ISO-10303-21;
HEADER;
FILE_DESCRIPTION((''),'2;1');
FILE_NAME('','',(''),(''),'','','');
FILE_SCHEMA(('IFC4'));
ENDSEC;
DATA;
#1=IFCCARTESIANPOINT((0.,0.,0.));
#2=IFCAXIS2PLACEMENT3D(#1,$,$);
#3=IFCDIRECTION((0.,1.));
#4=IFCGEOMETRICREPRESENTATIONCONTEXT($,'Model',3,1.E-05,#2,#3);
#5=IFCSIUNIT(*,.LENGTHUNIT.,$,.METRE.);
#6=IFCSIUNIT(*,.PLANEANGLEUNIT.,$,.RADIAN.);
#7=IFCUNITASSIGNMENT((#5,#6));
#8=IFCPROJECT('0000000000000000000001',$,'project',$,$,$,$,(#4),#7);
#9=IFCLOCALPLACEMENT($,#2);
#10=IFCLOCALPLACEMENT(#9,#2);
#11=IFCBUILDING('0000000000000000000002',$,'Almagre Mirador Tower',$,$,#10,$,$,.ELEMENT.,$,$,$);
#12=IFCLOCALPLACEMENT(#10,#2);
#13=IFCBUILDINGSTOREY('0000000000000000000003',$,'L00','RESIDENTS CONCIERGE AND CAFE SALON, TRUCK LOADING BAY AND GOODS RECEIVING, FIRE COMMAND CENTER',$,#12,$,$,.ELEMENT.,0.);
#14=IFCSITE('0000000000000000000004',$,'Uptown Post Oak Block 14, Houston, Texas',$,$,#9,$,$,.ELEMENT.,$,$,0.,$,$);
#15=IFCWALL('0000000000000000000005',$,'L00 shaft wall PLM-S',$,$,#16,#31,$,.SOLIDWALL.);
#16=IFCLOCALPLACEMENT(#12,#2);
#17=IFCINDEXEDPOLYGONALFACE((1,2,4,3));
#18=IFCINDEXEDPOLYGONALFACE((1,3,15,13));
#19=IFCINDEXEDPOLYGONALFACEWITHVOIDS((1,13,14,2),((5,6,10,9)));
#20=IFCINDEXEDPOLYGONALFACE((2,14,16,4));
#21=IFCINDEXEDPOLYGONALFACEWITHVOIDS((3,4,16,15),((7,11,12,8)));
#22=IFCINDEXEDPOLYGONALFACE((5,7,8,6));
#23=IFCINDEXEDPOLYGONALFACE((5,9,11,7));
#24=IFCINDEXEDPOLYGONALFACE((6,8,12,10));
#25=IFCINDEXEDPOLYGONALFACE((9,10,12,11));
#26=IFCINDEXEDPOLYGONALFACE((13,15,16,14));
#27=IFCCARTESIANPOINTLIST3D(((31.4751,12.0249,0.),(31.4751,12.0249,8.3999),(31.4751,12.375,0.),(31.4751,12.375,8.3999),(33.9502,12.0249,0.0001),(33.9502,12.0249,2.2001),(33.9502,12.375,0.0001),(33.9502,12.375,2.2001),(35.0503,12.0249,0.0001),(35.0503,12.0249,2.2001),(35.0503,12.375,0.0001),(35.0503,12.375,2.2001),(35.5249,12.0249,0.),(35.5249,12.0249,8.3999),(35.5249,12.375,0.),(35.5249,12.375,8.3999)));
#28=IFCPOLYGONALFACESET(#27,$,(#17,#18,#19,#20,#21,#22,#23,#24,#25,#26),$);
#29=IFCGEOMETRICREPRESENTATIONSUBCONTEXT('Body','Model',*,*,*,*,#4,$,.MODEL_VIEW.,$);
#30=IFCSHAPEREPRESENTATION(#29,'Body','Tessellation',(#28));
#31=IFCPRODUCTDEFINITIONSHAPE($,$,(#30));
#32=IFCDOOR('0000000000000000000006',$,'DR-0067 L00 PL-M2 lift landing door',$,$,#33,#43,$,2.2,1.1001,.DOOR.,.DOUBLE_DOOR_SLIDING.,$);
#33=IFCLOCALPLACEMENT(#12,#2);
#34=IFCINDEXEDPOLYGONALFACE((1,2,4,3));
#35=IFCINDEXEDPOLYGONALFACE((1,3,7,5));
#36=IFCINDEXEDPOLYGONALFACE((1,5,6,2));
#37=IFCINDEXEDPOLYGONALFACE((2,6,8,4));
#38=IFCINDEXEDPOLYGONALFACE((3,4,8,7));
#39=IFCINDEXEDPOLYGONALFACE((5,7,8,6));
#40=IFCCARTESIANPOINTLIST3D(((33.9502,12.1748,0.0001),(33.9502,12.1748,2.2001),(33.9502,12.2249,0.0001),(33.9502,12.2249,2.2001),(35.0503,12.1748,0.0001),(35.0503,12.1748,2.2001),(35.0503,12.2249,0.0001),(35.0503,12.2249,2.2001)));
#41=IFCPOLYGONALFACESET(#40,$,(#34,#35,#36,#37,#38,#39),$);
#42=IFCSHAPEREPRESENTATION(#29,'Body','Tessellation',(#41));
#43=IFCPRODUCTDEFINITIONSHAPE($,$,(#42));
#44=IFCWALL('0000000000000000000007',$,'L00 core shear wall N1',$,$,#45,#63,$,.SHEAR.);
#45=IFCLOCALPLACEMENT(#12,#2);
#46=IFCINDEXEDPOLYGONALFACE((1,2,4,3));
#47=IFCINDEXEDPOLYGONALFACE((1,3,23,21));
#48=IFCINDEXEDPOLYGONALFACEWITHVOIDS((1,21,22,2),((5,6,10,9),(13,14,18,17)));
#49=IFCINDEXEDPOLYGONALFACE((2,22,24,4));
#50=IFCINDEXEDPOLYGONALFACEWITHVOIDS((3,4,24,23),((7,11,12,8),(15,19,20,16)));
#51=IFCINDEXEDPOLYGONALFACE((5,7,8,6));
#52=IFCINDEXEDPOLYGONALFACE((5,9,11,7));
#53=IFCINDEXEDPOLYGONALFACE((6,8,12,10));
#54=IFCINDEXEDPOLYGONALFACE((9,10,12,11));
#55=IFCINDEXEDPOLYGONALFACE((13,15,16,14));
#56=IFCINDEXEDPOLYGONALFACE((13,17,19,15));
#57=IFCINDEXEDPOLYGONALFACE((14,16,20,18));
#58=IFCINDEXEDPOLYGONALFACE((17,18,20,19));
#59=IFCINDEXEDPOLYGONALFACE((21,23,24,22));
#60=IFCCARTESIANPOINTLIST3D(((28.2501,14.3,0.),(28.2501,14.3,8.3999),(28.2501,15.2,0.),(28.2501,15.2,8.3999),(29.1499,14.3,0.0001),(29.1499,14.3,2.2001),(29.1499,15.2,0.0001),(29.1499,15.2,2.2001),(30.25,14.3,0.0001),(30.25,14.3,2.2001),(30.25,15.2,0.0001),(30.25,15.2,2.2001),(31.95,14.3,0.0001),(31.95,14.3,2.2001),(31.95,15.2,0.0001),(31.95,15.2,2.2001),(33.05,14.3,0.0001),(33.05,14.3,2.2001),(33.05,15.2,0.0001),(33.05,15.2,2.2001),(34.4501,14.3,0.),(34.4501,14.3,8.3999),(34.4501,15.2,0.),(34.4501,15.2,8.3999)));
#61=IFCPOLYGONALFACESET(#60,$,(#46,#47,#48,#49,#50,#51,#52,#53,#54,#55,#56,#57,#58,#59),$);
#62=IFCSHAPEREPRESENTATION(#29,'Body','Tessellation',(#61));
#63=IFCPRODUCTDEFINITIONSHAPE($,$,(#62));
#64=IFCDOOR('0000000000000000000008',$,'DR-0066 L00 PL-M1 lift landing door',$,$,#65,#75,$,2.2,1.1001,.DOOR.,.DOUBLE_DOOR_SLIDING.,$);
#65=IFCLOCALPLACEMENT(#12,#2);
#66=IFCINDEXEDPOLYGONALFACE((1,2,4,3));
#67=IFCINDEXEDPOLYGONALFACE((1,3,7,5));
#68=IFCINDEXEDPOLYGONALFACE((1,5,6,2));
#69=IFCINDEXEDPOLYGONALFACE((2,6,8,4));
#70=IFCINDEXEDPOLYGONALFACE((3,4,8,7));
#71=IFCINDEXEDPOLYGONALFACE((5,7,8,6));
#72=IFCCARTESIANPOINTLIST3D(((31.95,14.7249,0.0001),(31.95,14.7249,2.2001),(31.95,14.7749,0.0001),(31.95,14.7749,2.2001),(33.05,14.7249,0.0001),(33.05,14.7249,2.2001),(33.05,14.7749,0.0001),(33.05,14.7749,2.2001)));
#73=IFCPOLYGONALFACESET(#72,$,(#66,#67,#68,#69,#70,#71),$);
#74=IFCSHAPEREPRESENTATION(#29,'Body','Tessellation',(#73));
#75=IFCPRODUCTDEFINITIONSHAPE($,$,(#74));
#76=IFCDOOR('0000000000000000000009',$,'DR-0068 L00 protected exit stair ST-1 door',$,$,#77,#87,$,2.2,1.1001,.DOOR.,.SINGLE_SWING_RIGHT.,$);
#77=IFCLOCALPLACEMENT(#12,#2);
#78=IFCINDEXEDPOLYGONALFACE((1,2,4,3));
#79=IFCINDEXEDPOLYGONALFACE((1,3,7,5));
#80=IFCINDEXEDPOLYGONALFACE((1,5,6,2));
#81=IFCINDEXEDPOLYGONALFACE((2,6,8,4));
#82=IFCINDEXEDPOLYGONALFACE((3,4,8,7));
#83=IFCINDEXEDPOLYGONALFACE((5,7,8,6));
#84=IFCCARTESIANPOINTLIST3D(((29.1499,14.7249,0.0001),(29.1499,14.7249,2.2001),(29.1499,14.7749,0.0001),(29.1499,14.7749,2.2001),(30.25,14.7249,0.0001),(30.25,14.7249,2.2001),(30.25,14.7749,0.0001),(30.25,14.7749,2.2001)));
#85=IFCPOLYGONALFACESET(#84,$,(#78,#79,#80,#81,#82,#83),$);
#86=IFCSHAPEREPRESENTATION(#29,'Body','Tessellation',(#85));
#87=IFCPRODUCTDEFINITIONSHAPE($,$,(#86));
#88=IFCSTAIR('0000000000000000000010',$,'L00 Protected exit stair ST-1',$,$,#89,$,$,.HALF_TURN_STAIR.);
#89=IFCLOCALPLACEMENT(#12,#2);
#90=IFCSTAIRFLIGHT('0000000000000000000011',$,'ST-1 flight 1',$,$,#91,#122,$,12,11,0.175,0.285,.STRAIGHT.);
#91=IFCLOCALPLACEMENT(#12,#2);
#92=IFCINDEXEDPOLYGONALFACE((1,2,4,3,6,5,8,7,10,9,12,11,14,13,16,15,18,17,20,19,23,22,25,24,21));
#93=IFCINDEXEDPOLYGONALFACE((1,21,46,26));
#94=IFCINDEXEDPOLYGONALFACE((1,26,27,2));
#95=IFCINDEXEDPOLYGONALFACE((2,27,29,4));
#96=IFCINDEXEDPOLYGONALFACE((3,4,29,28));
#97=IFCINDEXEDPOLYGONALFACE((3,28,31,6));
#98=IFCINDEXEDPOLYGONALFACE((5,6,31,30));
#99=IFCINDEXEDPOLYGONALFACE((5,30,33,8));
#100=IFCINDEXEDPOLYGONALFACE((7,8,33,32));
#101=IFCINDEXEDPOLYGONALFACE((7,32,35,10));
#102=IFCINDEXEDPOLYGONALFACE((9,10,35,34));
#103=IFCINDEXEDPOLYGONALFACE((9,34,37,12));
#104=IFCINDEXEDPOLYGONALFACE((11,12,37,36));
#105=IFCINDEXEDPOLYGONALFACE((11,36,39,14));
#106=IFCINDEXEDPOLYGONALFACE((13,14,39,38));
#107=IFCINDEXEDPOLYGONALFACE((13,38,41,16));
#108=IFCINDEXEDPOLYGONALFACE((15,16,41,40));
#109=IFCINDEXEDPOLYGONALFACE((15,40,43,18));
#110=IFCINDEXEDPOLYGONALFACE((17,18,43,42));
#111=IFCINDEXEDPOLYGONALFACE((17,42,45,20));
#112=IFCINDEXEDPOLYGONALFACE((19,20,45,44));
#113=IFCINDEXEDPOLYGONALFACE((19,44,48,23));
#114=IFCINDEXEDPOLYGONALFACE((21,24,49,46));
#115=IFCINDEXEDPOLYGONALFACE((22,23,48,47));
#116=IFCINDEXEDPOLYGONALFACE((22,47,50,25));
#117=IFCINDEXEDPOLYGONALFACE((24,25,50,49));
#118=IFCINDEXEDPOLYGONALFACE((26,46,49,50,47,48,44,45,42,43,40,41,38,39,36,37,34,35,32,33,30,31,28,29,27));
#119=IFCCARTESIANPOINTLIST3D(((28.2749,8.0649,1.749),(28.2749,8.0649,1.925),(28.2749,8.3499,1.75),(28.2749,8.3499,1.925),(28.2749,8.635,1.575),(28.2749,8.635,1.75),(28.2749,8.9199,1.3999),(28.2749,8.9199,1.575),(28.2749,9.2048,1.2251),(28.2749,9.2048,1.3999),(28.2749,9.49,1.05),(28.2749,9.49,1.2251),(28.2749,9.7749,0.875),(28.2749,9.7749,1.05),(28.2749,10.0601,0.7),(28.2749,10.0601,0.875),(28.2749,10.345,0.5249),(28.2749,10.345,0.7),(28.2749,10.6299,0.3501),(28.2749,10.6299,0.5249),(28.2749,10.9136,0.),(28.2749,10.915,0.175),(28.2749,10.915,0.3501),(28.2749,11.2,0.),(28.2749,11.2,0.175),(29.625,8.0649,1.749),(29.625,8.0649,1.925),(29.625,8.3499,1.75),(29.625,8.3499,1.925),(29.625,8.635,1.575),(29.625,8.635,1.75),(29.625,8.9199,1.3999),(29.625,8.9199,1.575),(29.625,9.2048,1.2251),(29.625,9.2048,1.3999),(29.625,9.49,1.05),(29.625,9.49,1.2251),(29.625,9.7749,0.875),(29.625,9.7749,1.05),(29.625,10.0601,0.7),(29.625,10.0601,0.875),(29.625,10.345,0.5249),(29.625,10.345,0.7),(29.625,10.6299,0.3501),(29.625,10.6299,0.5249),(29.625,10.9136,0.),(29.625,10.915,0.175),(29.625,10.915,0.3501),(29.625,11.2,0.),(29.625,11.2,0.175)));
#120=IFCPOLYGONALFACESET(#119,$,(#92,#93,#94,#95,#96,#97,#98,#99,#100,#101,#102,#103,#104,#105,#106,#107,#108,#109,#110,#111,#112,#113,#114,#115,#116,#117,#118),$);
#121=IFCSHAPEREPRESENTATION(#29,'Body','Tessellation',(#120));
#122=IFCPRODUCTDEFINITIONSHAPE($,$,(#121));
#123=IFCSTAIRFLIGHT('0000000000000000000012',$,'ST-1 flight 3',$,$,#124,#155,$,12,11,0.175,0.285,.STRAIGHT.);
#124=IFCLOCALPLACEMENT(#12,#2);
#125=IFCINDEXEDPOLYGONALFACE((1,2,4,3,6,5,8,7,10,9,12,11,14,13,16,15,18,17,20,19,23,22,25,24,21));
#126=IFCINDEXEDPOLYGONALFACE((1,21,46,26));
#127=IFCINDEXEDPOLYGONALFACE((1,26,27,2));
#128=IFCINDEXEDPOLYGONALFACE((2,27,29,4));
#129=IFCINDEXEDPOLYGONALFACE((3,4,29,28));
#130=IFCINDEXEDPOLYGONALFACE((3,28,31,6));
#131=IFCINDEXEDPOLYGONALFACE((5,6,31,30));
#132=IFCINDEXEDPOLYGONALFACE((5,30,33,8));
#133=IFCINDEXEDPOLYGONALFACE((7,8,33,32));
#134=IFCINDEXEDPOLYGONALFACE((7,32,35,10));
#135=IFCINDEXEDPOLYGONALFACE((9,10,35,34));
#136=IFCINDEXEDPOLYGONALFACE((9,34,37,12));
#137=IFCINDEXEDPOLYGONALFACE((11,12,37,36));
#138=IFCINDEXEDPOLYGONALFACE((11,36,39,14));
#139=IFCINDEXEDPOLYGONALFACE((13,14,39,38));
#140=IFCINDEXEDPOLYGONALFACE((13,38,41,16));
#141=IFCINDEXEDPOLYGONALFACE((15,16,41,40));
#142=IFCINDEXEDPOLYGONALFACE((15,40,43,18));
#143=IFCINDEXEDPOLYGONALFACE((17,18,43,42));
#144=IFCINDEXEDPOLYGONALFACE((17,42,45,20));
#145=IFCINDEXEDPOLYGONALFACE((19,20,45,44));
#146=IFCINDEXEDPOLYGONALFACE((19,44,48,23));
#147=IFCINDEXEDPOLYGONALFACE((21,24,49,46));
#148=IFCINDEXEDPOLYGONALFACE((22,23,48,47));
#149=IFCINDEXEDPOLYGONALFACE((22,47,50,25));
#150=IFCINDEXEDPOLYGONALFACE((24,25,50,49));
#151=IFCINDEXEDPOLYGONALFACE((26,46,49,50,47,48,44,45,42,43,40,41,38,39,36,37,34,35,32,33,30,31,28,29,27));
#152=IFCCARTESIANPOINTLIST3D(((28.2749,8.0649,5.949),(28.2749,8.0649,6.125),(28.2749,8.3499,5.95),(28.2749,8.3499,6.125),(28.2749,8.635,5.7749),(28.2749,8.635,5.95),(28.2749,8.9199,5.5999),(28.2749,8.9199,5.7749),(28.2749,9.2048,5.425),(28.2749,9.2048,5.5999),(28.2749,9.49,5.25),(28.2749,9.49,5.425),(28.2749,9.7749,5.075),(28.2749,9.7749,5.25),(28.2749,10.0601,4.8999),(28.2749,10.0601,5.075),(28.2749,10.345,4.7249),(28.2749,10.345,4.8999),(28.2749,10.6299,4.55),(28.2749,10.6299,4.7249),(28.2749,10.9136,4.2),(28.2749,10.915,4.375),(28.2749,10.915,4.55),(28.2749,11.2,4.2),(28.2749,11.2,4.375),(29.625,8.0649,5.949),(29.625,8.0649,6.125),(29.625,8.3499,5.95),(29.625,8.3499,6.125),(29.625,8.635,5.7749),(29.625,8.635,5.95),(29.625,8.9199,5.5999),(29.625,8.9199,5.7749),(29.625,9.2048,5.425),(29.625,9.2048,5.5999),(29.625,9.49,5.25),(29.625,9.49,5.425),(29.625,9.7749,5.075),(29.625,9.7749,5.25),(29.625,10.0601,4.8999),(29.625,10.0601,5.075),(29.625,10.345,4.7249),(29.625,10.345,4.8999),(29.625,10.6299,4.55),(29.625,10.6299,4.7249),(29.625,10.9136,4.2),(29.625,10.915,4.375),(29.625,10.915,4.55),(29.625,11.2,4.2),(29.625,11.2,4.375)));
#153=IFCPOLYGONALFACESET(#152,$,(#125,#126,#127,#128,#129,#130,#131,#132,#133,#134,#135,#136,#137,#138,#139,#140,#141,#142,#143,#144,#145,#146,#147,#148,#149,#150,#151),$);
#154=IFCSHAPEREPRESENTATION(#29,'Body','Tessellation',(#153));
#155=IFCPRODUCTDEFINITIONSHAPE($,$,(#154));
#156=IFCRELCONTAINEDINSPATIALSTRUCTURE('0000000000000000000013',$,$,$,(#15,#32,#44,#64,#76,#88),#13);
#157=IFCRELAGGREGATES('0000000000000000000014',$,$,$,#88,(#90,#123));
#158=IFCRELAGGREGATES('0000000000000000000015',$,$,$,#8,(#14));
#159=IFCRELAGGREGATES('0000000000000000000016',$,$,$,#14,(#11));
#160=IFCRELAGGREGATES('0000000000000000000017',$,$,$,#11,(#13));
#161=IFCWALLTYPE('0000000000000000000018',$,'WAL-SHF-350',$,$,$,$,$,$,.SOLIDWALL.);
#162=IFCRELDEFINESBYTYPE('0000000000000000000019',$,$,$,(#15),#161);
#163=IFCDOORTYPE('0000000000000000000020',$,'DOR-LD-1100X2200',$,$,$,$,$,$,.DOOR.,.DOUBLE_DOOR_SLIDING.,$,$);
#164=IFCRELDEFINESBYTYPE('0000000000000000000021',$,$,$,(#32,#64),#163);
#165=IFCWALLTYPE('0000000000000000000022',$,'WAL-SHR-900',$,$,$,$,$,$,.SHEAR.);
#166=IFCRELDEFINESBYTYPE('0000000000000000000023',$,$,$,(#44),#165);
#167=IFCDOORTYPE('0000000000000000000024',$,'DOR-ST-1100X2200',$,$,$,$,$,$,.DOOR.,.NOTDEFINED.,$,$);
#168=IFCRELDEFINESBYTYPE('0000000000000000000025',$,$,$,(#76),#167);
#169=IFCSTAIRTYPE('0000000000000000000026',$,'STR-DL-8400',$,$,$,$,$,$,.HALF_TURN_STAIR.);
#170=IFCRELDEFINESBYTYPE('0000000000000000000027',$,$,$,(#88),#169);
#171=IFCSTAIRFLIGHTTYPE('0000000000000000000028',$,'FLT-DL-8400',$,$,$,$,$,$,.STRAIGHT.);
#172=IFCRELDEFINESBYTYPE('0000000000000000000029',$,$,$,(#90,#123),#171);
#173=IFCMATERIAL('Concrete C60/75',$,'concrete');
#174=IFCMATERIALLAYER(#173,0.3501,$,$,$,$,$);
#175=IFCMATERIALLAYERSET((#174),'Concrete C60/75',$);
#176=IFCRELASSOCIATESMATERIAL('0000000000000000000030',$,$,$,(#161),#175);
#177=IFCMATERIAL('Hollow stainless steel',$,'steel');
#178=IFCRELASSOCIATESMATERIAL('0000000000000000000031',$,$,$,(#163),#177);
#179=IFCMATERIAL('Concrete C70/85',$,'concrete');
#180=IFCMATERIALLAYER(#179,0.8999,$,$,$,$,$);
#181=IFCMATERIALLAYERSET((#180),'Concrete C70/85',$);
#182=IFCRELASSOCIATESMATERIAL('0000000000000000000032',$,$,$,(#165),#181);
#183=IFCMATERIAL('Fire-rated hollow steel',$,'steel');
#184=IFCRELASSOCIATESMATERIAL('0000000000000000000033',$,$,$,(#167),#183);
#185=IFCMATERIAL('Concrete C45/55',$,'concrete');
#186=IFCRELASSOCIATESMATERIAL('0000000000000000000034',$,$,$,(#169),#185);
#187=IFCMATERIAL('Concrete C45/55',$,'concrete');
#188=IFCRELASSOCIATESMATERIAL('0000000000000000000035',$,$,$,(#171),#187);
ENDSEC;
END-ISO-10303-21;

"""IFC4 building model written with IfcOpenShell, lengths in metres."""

from ifc_helpers import new_model, si_unit, direction, frame, frame_2d, origin, place, context, subcontext, project, spatial, polyline, rectangle, outline, extrude, material, layer, layer_set, type_object, element, fill, aggregate, save


model = new_model("IFC4")

# Units and contexts
model_context = context("Model", 3, precision=1e-05, world=origin(), true_north=direction((0.0, 1.0)))
body_context = subcontext(model_context, "Body", "Model", "MODEL_VIEW")
ifc_project = project(units=[si_unit("LENGTHUNIT", "METRE"), si_unit("PLANEANGLEUNIT", "RADIAN")], contexts=[model_context])

# Site, building, storey
site_placement = place(None, origin())
site = spatial("IfcSite", under=ifc_project, at=site_placement, Name="Uptown Post Oak Block 14, Houston, Texas", CompositionType="ELEMENT", RefElevation=0.0)
building_placement = place(site_placement, origin())
building = spatial("IfcBuilding", under=site, at=building_placement, Name="Almagre Mirador Tower", CompositionType="ELEMENT")
storey_placement = place(building_placement, origin())
storey = spatial("IfcBuildingStorey", under=building, at=storey_placement, Name="L00", Description="RESIDENTS CONCIERGE AND CAFE SALON, TRUCK LOADING BAY AND GOODS RECEIVING, FIRE COMMAND CENTER", CompositionType="ELEMENT", Elevation=0.0)

# Shared definitions
ifc_material_1 = material(Name="Concrete C60/75", Category="concrete")
ifc_layer_1 = layer(ifc_material_1, 0.3501)
ifc_layer_set_1 = layer_set([ifc_layer_1], Name="Concrete C60/75")
wall_type_1 = type_object("IfcWallType", Name="WAL-SHF-350", PredefinedType="SOLIDWALL", material=ifc_layer_set_1)
ifc_material_2 = material(Name="Hollow stainless steel", Category="steel")
door_type_1 = type_object("IfcDoorType", Name="DOR-LD-1100X2200", OperationType="DOUBLE_DOOR_SLIDING", PredefinedType="DOOR", material=ifc_material_2)

# Wall, opening, door
wall_1_placement = place(storey_placement, frame((31.4751, 12.2, 0.0), z_axis=(0.0, 0.0, 1.0), x_axis=(1.0, 0.0, 0.0)))
wall_1 = element("IfcWall", 1, at=wall_1_placement, inside=storey, type_object=wall_type_1, Name="L00 shaft wall PLM-S", PredefinedType="SOLIDWALL", context=body_context, shape_type="SweptSolid", body=[
    extrude(rectangle(XDim=4.0498, YDim=0.3501, at=frame_2d((2.0249, 0.0))), origin(), (0.0, 0.0, 1.0), 8.3999),
])
opening_1_placement = place(wall_1_placement, frame((2.4751, 0.0, 0.0)))
opening_1 = element("IfcOpeningElement", 2, at=opening_1_placement, cuts=wall_1, PredefinedType="OPENING", context=body_context, shape_type="SweptSolid", body=[
    extrude(rectangle(XDim=1.1001, YDim=2.2, at=frame_2d((0.55, 1.1001))), frame((0.0, 0.185, 0.0), z_axis=(0.0, -1.0, 0.0), x_axis=(1.0, 0.0, 0.0)), (0.0, 0.0, 1.0), 0.3701),
])
door_1_placement = place(opening_1_placement, origin())
door_1 = element("IfcDoor", 3, at=door_1_placement, inside=storey, type_object=door_type_1, Name="DR-0067 L00 PL-M2 lift landing door", OperationType="DOUBLE_DOOR_SLIDING", OverallHeight=2.2, OverallWidth=1.1001, PredefinedType="DOOR", context=body_context, shape_type="SweptSolid", body=[
    extrude(rectangle(XDim=1.1001, YDim=2.2, at=frame_2d((0.55, 1.1001))), frame((0.0, 0.0249, 0.0), z_axis=(0.0, -1.0, 0.0), x_axis=(1.0, 0.0, 0.0)), (0.0, 0.0, 1.0), 0.05),
])
fill(opening_1, door_1)

# Wall, openings, doors
ifc_material_3 = material(Name="Concrete C70/85", Category="concrete")
ifc_layer_2 = layer(ifc_material_3, 0.8999)
ifc_layer_set_2 = layer_set([ifc_layer_2], Name="Concrete C70/85")
wall_type_2 = type_object("IfcWallType", Name="WAL-SHR-900", PredefinedType="SHEAR", material=ifc_layer_set_2)
wall_2_placement = place(storey_placement, frame((28.25, 14.75, 0.0), z_axis=(0.0, 0.0, 1.0), x_axis=(1.0, 0.0, 0.0)))
wall_2 = element("IfcWall", 4, at=wall_2_placement, inside=storey, type_object=wall_type_2, Name="L00 core shear wall N1", PredefinedType="SHEAR", context=body_context, shape_type="SweptSolid", body=[
    extrude(rectangle(XDim=6.2, YDim=0.8999, at=frame_2d((3.1001, 0.0))), origin(), (0.0, 0.0, 1.0), 8.3999),
])
opening_2_placement = place(wall_2_placement, frame((0.8999, 0.0, 0.0)))
opening_2 = element("IfcOpeningElement", 5, at=opening_2_placement, cuts=wall_2, PredefinedType="OPENING", context=body_context, shape_type="SweptSolid", body=[
    extrude(rectangle(XDim=1.1001, YDim=2.2, at=frame_2d((0.55, 1.1001))), frame((0.0, 0.46, 0.0), z_axis=(0.0, -1.0, 0.0), x_axis=(1.0, 0.0, 0.0)), (0.0, 0.0, 1.0), 0.9199),
])
opening_3_placement = place(wall_2_placement, frame((3.7, 0.0, 0.0)))
opening_3 = element("IfcOpeningElement", 6, at=opening_3_placement, cuts=wall_2, PredefinedType="OPENING", context=body_context, shape_type="SweptSolid", body=[
    extrude(rectangle(XDim=1.1001, YDim=2.2, at=frame_2d((0.55, 1.1001))), frame((0.0, 0.46, 0.0), z_axis=(0.0, -1.0, 0.0), x_axis=(1.0, 0.0, 0.0)), (0.0, 0.0, 1.0), 0.9199),
])
door_2_placement = place(opening_3_placement, origin())
door_2 = element("IfcDoor", 7, at=door_2_placement, inside=storey, type_object=door_type_1, Name="DR-0066 L00 PL-M1 lift landing door", OperationType="DOUBLE_DOOR_SLIDING", OverallHeight=2.2, OverallWidth=1.1001, PredefinedType="DOOR", context=body_context, shape_type="SweptSolid", body=[
    extrude(rectangle(XDim=1.1001, YDim=2.2, at=frame_2d((0.55, 1.1001))), frame((0.0, 0.0249, 0.0), z_axis=(0.0, -1.0, 0.0), x_axis=(1.0, 0.0, 0.0)), (0.0, 0.0, 1.0), 0.05),
])
fill(opening_3, door_2)
ifc_material_4 = material(Name="Fire-rated hollow steel", Category="steel")
door_type_2 = type_object("IfcDoorType", Name="DOR-ST-1100X2200", OperationType="NOTDEFINED", PredefinedType="DOOR", material=ifc_material_4)
door_3_placement = place(opening_2_placement, origin())
door_3 = element("IfcDoor", 8, at=door_3_placement, inside=storey, type_object=door_type_2, Name="DR-0068 L00 protected exit stair ST-1 door", OperationType="SINGLE_SWING_RIGHT", OverallHeight=2.2, OverallWidth=1.1001, PredefinedType="DOOR", context=body_context, shape_type="SweptSolid", body=[
    extrude(rectangle(XDim=1.1001, YDim=2.2, at=frame_2d((0.55, 1.1001))), frame((0.0, 0.0249, 0.0), z_axis=(0.0, -1.0, 0.0), x_axis=(1.0, 0.0, 0.0)), (0.0, 0.0, 1.0), 0.05),
])
fill(opening_2, door_3)

# Stair, stair flights
ifc_material_5 = material(Name="Concrete C45/55", Category="concrete")
stair_type = type_object("IfcStairType", Name="STR-DL-8400", PredefinedType="HALF_TURN_STAIR", material=ifc_material_5)
stair_placement = place(storey_placement, origin())
stair = element("IfcStair", 9, at=stair_placement, inside=storey, type_object=stair_type, Name="L00 Protected exit stair ST-1", PredefinedType="HALF_TURN_STAIR")
ifc_material_6 = material(Name="Concrete C45/55", Category="concrete")
stair_flight_type = type_object("IfcStairFlightType", Name="FLT-DL-8400", PredefinedType="STRAIGHT", material=ifc_material_6)
stair_flight_1_placement = place(storey_placement, frame((28.95, 11.2, 0.0), z_axis=(0.0, 0.0, 1.0), x_axis=(0.0, -1.0, 0.0)))
stair_flight_1 = element("IfcStairFlight", 10, at=stair_flight_1_placement, type_object=stair_flight_type, Name="ST-1 flight 1", NumberOfRisers=12, NumberOfTreads=11, PredefinedType="STRAIGHT", RiserHeight=0.175, TreadLength=0.285, context=body_context, shape_type="SweptSolid", body=[
    extrude(outline(polyline([(0.0, 0.0), (0.0, 0.175), (0.2849, 0.175), (0.2849, 0.3501), (0.5701, 0.3501), (0.5701, 0.5249), (0.855, 0.5249), (0.855, 0.7), (1.1399, 0.7), (1.1399, 0.875), (1.425, 0.875), (1.425, 1.05), (1.71, 1.05), (1.71, 1.2251), (1.9951, 1.2251), (1.9951, 1.3999), (2.28, 1.3999), (2.28, 1.575), (2.5649, 1.575), (2.5649, 1.75), (2.8501, 1.75), (2.8501, 1.925), (3.135, 1.925), (3.135, 2.1001), (3.135, 1.749), (0.2864, 0.0), (0.0, 0.0)])), frame((0.0, 0.675, 0.0), z_axis=(0.0, -1.0, 0.0), x_axis=(1.0, 0.0, 0.0)), (0.0, 0.0, 1.0), 1.3501),
])
stair_flight_2_placement = place(storey_placement, frame((28.95, 11.2, 4.2), z_axis=(0.0, 0.0, 1.0), x_axis=(0.0, -1.0, 0.0)))
stair_flight_2 = element("IfcStairFlight", 11, at=stair_flight_2_placement, type_object=stair_flight_type, Name="ST-1 flight 3", NumberOfRisers=12, NumberOfTreads=11, PredefinedType="STRAIGHT", RiserHeight=0.175, TreadLength=0.285, context=body_context, shape_type="SweptSolid", body=[
    extrude(outline(polyline([(0.0, 0.0), (0.0, 0.175), (0.2849, 0.175), (0.2849, 0.3501), (0.5701, 0.3501), (0.5701, 0.5249), (0.855, 0.5249), (0.855, 0.7), (1.1399, 0.7), (1.1399, 0.875), (1.425, 0.875), (1.425, 1.05), (1.71, 1.05), (1.71, 1.2251), (1.9951, 1.2251), (1.9951, 1.3999), (2.28, 1.3999), (2.28, 1.575), (2.5649, 1.575), (2.5649, 1.75), (2.8501, 1.75), (2.8501, 1.925), (3.135, 1.925), (3.135, 2.1001), (3.135, 1.749), (0.2864, 0.0), (0.0, 0.0)])), frame((0.0, 0.675, 0.0), z_axis=(0.0, -1.0, 0.0), x_axis=(1.0, 0.0, 0.0)), (0.0, 0.0, 1.0), 1.3501),
])
aggregate(stair, [stair_flight_1, stair_flight_2])

save(model, "model.ifc")
